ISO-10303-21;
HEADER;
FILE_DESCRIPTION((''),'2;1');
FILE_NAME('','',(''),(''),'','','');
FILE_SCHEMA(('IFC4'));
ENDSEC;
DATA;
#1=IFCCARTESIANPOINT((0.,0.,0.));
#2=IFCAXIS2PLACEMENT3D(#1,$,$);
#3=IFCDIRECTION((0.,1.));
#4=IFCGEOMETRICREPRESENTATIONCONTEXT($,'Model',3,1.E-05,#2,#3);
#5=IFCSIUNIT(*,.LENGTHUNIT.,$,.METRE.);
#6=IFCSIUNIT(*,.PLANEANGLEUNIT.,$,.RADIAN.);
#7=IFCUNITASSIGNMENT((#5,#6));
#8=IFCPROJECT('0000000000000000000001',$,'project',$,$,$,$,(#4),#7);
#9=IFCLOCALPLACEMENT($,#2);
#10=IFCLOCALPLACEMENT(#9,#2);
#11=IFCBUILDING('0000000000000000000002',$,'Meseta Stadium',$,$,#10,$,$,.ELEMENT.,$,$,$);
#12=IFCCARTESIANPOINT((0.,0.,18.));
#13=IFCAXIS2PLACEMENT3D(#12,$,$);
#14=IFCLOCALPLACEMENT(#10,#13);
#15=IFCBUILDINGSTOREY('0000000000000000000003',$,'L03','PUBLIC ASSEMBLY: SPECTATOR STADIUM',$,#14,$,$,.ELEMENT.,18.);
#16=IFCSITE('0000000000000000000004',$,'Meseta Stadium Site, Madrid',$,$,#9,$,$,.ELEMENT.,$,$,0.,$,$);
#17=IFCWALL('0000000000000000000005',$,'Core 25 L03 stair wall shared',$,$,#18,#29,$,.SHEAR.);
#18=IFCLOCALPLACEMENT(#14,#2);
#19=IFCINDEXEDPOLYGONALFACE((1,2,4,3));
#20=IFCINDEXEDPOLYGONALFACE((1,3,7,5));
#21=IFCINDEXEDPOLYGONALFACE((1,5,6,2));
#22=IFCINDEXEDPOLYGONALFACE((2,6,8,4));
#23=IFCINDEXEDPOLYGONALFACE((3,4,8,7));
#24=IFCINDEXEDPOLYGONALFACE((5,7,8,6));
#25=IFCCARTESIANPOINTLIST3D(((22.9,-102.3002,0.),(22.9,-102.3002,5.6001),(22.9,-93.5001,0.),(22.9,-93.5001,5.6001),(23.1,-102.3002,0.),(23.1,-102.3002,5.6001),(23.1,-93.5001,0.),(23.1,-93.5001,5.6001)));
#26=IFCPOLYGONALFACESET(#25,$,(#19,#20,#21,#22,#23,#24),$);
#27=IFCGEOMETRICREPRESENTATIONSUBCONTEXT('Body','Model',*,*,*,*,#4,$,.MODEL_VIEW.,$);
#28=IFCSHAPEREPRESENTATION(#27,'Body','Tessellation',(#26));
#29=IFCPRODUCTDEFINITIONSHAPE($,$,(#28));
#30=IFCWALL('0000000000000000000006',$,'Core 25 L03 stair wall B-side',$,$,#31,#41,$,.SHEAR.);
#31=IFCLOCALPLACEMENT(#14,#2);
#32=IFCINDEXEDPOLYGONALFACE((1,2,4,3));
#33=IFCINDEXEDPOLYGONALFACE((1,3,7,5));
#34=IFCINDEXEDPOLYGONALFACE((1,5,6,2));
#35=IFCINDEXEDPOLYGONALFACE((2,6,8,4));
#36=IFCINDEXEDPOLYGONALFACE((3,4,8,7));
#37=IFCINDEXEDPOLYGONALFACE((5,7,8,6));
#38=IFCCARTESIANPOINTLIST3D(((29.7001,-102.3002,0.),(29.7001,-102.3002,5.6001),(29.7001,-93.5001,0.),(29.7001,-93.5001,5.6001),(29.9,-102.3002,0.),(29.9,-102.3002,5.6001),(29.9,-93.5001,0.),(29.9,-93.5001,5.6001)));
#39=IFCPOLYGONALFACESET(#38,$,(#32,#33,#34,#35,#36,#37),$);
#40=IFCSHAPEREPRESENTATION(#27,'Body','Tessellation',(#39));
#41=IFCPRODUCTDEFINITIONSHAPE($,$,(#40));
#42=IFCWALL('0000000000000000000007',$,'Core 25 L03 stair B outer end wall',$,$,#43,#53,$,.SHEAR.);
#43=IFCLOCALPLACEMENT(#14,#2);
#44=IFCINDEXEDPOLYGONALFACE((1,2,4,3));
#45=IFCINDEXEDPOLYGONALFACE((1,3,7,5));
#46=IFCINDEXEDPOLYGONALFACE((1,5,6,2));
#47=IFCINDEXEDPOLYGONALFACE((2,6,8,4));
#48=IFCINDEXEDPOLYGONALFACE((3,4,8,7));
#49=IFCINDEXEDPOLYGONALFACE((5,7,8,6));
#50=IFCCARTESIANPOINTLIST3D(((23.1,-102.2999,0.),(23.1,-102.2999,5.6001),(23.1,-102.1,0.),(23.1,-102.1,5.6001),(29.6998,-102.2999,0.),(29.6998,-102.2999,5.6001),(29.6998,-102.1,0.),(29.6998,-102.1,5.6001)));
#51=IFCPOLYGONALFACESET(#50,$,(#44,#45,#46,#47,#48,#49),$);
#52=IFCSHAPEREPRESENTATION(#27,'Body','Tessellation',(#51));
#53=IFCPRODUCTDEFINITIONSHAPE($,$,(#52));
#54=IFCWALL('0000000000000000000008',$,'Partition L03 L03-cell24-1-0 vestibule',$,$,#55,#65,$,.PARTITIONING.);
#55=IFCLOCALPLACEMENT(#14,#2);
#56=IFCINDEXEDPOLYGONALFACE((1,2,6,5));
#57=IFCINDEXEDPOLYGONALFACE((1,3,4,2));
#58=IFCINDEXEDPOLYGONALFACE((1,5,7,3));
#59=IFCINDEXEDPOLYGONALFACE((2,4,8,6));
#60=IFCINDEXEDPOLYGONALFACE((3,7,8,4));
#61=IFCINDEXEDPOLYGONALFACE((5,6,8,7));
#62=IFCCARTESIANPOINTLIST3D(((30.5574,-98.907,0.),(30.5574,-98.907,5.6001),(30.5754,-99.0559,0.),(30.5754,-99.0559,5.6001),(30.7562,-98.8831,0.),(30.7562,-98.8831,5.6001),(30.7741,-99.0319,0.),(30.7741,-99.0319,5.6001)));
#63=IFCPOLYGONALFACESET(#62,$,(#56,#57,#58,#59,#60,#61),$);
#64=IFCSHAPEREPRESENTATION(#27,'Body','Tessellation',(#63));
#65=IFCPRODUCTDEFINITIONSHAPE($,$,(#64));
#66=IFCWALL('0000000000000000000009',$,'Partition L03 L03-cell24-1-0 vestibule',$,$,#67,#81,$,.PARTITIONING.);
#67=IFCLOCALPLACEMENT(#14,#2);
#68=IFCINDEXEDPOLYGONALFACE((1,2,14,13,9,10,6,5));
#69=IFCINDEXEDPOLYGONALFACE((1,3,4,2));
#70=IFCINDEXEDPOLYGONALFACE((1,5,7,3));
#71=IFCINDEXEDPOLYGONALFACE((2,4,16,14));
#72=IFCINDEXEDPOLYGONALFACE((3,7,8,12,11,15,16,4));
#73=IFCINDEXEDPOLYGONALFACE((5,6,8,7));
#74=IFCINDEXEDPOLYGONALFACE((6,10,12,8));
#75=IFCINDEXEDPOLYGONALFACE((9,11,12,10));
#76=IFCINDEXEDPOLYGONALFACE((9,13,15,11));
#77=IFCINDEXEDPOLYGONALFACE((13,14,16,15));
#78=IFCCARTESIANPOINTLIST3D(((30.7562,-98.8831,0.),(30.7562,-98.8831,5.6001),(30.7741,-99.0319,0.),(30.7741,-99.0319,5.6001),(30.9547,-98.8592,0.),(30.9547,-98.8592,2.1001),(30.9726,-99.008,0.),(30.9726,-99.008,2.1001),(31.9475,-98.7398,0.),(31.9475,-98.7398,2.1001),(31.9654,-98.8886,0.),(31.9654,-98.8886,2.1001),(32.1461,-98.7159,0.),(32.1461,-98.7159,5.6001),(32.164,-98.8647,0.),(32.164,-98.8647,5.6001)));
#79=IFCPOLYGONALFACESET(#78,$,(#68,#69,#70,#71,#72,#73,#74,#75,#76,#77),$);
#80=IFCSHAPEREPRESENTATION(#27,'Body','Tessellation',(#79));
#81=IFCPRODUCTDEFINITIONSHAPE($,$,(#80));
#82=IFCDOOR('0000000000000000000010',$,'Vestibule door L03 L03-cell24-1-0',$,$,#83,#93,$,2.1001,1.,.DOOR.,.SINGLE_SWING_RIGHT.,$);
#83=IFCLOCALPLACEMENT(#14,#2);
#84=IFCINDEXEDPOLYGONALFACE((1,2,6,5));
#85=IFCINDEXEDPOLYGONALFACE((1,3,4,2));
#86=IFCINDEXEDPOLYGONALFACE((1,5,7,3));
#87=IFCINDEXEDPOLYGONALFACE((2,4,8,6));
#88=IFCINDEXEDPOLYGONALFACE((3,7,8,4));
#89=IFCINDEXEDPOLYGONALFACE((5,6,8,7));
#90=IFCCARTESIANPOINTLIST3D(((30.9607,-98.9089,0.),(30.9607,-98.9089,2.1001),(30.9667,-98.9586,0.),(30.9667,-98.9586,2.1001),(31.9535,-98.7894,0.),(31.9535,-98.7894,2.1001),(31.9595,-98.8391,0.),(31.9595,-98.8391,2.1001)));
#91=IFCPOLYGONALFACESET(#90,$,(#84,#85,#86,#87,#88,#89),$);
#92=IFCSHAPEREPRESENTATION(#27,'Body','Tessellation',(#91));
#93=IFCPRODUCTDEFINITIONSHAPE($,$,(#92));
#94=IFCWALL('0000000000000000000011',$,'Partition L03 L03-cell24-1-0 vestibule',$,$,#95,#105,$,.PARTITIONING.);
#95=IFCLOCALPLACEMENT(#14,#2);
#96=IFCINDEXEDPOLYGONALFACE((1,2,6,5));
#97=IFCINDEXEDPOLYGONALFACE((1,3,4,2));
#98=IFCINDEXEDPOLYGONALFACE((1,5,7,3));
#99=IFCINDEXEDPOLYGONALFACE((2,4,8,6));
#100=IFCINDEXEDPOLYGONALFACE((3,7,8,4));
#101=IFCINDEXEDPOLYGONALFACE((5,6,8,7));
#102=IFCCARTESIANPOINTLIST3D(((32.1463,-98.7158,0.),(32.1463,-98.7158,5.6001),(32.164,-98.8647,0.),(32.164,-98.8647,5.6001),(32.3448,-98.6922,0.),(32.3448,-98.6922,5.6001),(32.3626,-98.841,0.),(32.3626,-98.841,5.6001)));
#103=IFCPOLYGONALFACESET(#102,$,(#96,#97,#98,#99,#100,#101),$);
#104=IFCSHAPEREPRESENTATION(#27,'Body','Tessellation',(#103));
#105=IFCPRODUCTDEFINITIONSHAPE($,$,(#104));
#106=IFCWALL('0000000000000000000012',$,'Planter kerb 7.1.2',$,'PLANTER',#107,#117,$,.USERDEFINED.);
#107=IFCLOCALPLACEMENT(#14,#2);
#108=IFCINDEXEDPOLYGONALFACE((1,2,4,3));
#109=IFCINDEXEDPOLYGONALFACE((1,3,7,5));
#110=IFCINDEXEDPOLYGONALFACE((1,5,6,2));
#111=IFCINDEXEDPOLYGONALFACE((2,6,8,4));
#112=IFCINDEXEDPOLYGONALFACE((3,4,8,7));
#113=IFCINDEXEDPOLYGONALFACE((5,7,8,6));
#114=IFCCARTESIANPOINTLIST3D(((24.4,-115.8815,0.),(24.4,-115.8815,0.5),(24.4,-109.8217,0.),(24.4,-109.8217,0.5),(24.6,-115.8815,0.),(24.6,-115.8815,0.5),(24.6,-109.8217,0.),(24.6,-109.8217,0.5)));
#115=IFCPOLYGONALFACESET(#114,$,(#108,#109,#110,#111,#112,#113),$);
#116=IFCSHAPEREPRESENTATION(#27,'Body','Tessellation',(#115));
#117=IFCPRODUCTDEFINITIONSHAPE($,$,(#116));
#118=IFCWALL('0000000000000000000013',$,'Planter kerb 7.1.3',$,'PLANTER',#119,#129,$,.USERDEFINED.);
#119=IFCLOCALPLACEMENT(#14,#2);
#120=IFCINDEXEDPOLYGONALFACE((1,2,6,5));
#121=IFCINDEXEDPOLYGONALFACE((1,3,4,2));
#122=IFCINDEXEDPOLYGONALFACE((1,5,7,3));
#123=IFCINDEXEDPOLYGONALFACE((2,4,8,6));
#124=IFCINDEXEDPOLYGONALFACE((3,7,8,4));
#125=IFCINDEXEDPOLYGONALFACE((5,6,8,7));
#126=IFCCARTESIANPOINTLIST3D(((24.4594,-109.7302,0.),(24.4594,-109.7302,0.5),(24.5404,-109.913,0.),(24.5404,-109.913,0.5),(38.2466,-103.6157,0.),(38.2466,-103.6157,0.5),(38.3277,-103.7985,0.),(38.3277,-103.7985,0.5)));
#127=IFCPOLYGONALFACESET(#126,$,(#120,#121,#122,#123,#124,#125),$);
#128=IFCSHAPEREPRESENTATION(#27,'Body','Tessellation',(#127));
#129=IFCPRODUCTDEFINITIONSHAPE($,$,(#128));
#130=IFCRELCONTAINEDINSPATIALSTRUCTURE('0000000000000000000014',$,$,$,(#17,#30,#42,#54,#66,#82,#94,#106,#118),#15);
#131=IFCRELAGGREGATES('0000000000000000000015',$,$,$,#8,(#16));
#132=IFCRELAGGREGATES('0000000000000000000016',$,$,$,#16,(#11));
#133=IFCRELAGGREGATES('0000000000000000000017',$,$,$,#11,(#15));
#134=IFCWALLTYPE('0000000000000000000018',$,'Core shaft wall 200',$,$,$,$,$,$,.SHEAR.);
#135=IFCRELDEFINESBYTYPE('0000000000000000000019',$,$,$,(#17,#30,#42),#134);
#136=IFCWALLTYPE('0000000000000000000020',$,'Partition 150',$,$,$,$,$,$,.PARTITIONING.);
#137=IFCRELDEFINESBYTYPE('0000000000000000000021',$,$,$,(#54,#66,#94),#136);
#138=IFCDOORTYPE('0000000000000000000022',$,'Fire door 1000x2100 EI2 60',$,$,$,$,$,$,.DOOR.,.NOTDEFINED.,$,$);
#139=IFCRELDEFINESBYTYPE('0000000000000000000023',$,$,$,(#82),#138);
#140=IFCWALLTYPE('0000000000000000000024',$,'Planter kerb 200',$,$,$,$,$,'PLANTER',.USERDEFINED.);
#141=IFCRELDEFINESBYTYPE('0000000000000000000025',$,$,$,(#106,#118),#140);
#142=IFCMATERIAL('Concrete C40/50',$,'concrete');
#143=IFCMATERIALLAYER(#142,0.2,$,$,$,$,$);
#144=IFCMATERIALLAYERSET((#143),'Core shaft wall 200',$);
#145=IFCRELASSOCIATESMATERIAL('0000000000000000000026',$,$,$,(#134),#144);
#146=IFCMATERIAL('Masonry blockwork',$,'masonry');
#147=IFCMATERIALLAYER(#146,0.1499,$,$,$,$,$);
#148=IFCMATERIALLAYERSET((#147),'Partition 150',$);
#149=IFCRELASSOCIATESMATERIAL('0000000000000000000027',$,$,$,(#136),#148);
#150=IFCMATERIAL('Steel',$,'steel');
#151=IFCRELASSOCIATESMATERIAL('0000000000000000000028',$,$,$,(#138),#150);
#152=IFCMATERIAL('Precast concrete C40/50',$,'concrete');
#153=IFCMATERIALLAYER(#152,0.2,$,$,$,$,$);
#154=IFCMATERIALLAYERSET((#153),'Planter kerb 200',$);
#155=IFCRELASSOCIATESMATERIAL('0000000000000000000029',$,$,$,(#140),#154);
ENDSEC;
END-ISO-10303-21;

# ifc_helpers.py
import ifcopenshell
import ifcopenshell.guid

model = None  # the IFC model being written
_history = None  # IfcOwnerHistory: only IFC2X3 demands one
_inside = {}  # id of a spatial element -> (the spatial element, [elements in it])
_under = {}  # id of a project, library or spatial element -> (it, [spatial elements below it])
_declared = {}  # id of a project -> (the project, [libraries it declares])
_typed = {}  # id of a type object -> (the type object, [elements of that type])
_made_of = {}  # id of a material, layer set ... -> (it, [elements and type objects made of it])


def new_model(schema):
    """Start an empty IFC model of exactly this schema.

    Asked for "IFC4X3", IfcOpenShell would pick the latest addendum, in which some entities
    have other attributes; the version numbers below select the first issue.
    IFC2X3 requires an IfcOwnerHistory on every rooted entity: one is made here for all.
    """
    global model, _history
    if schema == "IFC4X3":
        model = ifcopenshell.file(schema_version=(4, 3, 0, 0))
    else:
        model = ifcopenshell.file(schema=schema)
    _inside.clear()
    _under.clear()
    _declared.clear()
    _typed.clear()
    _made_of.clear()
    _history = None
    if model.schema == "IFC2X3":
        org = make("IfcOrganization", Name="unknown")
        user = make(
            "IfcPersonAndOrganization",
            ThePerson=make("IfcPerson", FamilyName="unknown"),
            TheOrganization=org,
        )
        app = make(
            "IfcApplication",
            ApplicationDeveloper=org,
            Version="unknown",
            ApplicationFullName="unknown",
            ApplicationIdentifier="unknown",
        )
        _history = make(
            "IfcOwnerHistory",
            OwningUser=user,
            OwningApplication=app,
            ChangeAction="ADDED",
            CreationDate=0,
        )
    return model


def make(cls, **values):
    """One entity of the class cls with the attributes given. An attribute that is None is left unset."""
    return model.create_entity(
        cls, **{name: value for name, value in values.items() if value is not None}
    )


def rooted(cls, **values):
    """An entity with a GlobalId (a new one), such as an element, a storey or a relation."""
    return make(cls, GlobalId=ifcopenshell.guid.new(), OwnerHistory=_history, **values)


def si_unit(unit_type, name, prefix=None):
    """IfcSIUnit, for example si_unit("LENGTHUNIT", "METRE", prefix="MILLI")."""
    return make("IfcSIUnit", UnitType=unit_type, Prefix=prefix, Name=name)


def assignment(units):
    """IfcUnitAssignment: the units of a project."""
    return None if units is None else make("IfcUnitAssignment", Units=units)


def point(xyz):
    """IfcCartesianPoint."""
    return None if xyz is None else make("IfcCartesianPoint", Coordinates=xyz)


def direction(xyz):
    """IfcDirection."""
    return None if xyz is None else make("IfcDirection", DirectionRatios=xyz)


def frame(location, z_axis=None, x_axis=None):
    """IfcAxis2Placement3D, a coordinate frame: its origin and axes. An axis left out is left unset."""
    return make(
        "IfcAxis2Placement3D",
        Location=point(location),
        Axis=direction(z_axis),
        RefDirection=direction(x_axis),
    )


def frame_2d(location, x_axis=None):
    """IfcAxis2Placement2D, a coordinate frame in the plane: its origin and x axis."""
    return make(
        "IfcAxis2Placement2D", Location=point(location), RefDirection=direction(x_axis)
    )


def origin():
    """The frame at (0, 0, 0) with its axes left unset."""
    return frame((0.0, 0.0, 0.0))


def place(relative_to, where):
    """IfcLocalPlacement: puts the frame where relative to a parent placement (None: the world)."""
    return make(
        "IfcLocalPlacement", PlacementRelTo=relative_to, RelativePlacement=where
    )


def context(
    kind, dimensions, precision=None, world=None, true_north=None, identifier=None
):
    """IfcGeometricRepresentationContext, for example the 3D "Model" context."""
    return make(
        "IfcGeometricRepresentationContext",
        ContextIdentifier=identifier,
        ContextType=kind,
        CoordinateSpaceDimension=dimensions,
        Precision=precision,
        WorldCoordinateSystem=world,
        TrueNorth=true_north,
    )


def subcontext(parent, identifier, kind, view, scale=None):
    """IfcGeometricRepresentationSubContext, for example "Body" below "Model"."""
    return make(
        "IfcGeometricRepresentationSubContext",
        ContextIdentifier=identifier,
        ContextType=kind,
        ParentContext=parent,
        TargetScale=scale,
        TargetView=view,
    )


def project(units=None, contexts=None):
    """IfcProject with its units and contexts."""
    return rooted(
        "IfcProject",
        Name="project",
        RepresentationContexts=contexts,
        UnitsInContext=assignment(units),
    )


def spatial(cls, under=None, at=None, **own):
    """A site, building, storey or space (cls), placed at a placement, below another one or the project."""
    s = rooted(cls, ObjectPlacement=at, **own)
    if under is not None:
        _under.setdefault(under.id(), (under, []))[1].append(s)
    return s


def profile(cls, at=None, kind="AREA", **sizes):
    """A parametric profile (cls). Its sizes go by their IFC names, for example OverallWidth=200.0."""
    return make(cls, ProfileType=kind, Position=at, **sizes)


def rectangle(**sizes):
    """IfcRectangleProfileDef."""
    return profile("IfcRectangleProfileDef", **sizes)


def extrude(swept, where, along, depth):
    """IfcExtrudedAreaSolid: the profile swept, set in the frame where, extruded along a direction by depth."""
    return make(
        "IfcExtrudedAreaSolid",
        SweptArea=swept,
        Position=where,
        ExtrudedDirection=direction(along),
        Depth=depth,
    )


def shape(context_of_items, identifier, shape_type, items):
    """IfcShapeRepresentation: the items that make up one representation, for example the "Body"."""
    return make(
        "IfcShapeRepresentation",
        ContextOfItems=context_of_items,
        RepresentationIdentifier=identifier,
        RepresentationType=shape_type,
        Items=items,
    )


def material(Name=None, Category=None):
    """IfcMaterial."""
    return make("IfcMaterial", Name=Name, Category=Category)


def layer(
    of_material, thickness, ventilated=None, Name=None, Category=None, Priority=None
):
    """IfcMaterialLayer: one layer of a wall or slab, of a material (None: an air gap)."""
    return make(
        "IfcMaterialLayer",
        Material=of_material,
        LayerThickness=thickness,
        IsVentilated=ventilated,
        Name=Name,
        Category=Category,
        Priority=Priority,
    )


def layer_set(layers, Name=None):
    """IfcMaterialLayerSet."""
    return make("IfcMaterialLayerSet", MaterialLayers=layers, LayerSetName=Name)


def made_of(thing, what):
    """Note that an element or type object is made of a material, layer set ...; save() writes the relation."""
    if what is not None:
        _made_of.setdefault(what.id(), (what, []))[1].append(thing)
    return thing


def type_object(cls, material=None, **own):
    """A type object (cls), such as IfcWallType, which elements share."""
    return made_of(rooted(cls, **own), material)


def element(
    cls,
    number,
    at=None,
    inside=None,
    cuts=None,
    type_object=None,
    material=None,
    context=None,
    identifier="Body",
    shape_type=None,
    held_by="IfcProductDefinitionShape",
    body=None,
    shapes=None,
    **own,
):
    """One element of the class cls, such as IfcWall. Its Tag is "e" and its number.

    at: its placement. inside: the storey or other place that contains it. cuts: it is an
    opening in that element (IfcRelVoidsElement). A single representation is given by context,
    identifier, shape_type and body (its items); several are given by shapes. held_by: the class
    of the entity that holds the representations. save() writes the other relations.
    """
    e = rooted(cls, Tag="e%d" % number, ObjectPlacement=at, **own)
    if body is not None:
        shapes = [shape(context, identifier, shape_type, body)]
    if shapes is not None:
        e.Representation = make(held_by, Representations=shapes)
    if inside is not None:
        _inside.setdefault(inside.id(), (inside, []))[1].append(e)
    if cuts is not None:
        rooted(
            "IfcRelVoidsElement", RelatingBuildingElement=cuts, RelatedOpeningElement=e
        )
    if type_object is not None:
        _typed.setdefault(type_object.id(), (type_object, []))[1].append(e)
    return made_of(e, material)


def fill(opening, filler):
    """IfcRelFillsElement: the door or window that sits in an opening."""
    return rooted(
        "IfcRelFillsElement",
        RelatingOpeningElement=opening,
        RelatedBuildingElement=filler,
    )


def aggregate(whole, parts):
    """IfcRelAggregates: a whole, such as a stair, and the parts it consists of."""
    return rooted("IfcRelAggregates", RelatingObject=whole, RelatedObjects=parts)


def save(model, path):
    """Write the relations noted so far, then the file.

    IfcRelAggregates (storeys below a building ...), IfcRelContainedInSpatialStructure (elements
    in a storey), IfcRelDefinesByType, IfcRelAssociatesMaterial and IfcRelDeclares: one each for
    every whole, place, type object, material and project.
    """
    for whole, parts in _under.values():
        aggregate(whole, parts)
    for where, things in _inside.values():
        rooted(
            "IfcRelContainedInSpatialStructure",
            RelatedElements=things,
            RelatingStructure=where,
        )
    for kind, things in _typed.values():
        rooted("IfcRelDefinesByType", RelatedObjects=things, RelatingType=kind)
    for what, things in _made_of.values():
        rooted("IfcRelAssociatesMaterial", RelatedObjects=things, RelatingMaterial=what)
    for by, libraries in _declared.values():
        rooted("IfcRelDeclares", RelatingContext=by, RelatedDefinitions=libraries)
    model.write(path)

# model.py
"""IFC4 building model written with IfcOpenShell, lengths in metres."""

from ifc_helpers import new_model, si_unit, direction, frame, frame_2d, origin, place, context, subcontext, project, spatial, rectangle, extrude, material, layer, layer_set, type_object, element, fill, save


model = new_model("IFC4")

# Units and contexts
model_context = context("Model", 3, precision=1e-05, world=origin(), true_north=direction((0.0, 1.0)))
body_context = subcontext(model_context, "Body", "Model", "MODEL_VIEW")
ifc_project = project(units=[si_unit("LENGTHUNIT", "METRE"), si_unit("PLANEANGLEUNIT", "RADIAN")], contexts=[model_context])

# Site, building, storey
site_placement = place(None, origin())
site = spatial("IfcSite", under=ifc_project, at=site_placement, Name="Meseta Stadium Site, Madrid", CompositionType="ELEMENT", RefElevation=0.0)
building_placement = place(site_placement, origin())
building = spatial("IfcBuilding", under=site, at=building_placement, Name="Meseta Stadium", CompositionType="ELEMENT")
storey_placement = place(building_placement, frame((0.0, 0.0, 18.0)))
storey = spatial("IfcBuildingStorey", under=building, at=storey_placement, Name="L03", Description="PUBLIC ASSEMBLY: SPECTATOR STADIUM", CompositionType="ELEMENT", Elevation=18.0)

# Walls
ifc_material_1 = material(Name="Concrete C40/50", Category="concrete")
ifc_layer_1 = layer(ifc_material_1, 0.2)
ifc_layer_set_1 = layer_set([ifc_layer_1], Name="Core shaft wall 200")
wall_type_1 = type_object("IfcWallType", Name="Core shaft wall 200", PredefinedType="SHEAR", material=ifc_layer_set_1)
for number, where, z_axis, x_axis, name in (
    (1, (23.0, -102.3, 0.0), (0.0, 0.0, 1.0), (0.0, 1.0, 0.0), "Core 25 L03 stair wall shared"),
    (2, (29.8, -102.3, 0.0), (0.0, 0.0, 1.0), (0.0, 1.0, 0.0), "Core 25 L03 stair wall B-side"),
):
    element("IfcWall", number, at=place(storey_placement, frame(where, z_axis=z_axis, x_axis=x_axis)), inside=storey, type_object=wall_type_1, Name=name, PredefinedType="SHEAR", context=body_context, shape_type="SweptSolid", body=[
        extrude(rectangle(XDim=8.8, YDim=0.2, at=frame_2d((4.3999, 0.0))), origin(), (0.0, 0.0, 1.0), 5.6001),
    ])
wall_1_placement = place(storey_placement, frame((23.1001, -102.2, 0.0), z_axis=(0.0, 0.0, 1.0), x_axis=(1.0, 0.0, 0.0)))
element("IfcWall", 3, at=wall_1_placement, inside=storey, type_object=wall_type_1, Name="Core 25 L03 stair B outer end wall", PredefinedType="SHEAR", context=body_context, shape_type="SweptSolid", body=[
    extrude(rectangle(XDim=6.5999, YDim=0.2, at=frame_2d((3.2998, 0.0))), origin(), (0.0, 0.0, 1.0), 5.6001),
])
ifc_material_2 = material(Name="Masonry blockwork", Category="masonry")
ifc_layer_2 = layer(ifc_material_2, 0.1499)
ifc_layer_set_2 = layer_set([ifc_layer_2], Name="Partition 150")
wall_type_2 = type_object("IfcWallType", Name="Partition 150", PredefinedType="PARTITIONING", material=ifc_layer_set_2)
wall_2_placement = place(storey_placement, frame((30.5664, -98.9814, 0.0), z_axis=(0.0, 0.0, 1.0), x_axis=(0.992831, 0.11953, 0.0)))
element("IfcWall", 4, at=wall_2_placement, inside=storey, type_object=wall_type_2, Name="Partition L03 L03-cell24-1-0 vestibule", PredefinedType="PARTITIONING", context=body_context, shape_type="SweptSolid", body=[
    extrude(rectangle(XDim=0.2002, YDim=0.1499, at=frame_2d((0.1001, 0.0))), origin(), (0.0, 0.0, 1.0), 5.6001),
])

# Wall, opening, door
wall_3_placement = place(storey_placement, frame((30.7651, -98.9575, 0.0), z_axis=(0.0, 0.0, 1.0), x_axis=(0.992839, 0.119462, 0.0)))
wall_3 = element("IfcWall", 5, at=wall_3_placement, inside=storey, type_object=wall_type_2, Name="Partition L03 L03-cell24-1-0 vestibule", PredefinedType="PARTITIONING", context=body_context, shape_type="SweptSolid", body=[
    extrude(rectangle(XDim=1.3999, YDim=0.1499, at=frame_2d((0.7, 0.0))), origin(), (0.0, 0.0, 1.0), 5.6001),
])
opening_1_placement = place(wall_3_placement, frame((0.2, 0.0, 0.0)))
opening_1 = element("IfcOpeningElement", 6, at=opening_1_placement, cuts=wall_3, PredefinedType="OPENING", context=body_context, shape_type="SweptSolid", body=[
    extrude(rectangle(XDim=1.0, YDim=2.1001, at=frame_2d((0.5, 1.05))), frame((0.0, 0.085, 0.0), z_axis=(0.0, -1.0, 0.0), x_axis=(1.0, 0.0, 0.0)), (0.0, 0.0, 1.0), 0.1699),
])
ifc_material_3 = material(Name="Steel", Category="steel")
door_type = type_object("IfcDoorType", Name="Fire door 1000x2100 EI2 60", OperationType="NOTDEFINED", PredefinedType="DOOR", material=ifc_material_3)
door_placement = place(opening_1_placement, origin())
door = element("IfcDoor", 7, at=door_placement, inside=storey, type_object=door_type, Name="Vestibule door L03 L03-cell24-1-0", OperationType="SINGLE_SWING_RIGHT", OverallHeight=2.1001, OverallWidth=1.0, PredefinedType="DOOR", context=body_context, shape_type="SweptSolid", body=[
    extrude(rectangle(XDim=1.0, YDim=2.1001, at=frame_2d((0.5, 1.05))), frame((0.0, 0.0249, 0.0), z_axis=(0.0, -1.0, 0.0), x_axis=(1.0, 0.0, 0.0)), (0.0, 0.0, 1.0), 0.05),
])
fill(opening_1, door)

# Walls
wall_4_placement = place(storey_placement, frame((32.155, -98.7903, 0.0), z_axis=(0.0, 0.0, 1.0), x_axis=(0.992958, 0.118471, 0.0)))
element("IfcWall", 8, at=wall_4_placement, inside=storey, type_object=wall_type_2, Name="Partition L03 L03-cell24-1-0 vestibule", PredefinedType="PARTITIONING", context=body_context, shape_type="SweptSolid", body=[
    extrude(rectangle(XDim=0.2, YDim=0.1499, at=frame_2d((0.1001, 0.0))), origin(), (0.0, 0.0, 1.0), 5.6001),
])
ifc_material_4 = material(Name="Precast concrete C40/50", Category="concrete")
ifc_layer_3 = layer(ifc_material_4, 0.2)
ifc_layer_set_3 = layer_set([ifc_layer_3], Name="Planter kerb 200")
wall_type_3 = type_object("IfcWallType", Name="Planter kerb 200", ElementType="PLANTER", PredefinedType="USERDEFINED", material=ifc_layer_set_3)
wall_5_placement = place(storey_placement, frame((24.5, -115.8813, 0.0), z_axis=(0.0, 0.0, 1.0), x_axis=(0.0, 1.0, 0.0)))
element("IfcWall", 9, at=wall_5_placement, inside=storey, type_object=wall_type_3, Name="Planter kerb 7.1.2", ObjectType="PLANTER", PredefinedType="USERDEFINED", context=body_context, shape_type="SweptSolid", body=[
    extrude(rectangle(XDim=6.0598, YDim=0.2, at=frame_2d((3.0298, 0.0))), origin(), (0.0, 0.0, 1.0), 0.5),
])
wall_6_placement = place(storey_placement, frame((24.5, -109.8215, 0.0), z_axis=(0.0, 0.0, 1.0), x_axis=(0.914136, 0.405407, 0.0)))
element("IfcWall", 10, at=wall_6_placement, inside=storey, type_object=wall_type_3, Name="Planter kerb 7.1.3", ObjectType="PLANTER", PredefinedType="USERDEFINED", context=body_context, shape_type="SweptSolid", body=[
    extrude(rectangle(XDim=15.0823, YDim=0.2, at=frame_2d((7.541, 0.0))), origin(), (0.0, 0.0, 1.0), 0.5),
])

save(model, "model.ifc")
